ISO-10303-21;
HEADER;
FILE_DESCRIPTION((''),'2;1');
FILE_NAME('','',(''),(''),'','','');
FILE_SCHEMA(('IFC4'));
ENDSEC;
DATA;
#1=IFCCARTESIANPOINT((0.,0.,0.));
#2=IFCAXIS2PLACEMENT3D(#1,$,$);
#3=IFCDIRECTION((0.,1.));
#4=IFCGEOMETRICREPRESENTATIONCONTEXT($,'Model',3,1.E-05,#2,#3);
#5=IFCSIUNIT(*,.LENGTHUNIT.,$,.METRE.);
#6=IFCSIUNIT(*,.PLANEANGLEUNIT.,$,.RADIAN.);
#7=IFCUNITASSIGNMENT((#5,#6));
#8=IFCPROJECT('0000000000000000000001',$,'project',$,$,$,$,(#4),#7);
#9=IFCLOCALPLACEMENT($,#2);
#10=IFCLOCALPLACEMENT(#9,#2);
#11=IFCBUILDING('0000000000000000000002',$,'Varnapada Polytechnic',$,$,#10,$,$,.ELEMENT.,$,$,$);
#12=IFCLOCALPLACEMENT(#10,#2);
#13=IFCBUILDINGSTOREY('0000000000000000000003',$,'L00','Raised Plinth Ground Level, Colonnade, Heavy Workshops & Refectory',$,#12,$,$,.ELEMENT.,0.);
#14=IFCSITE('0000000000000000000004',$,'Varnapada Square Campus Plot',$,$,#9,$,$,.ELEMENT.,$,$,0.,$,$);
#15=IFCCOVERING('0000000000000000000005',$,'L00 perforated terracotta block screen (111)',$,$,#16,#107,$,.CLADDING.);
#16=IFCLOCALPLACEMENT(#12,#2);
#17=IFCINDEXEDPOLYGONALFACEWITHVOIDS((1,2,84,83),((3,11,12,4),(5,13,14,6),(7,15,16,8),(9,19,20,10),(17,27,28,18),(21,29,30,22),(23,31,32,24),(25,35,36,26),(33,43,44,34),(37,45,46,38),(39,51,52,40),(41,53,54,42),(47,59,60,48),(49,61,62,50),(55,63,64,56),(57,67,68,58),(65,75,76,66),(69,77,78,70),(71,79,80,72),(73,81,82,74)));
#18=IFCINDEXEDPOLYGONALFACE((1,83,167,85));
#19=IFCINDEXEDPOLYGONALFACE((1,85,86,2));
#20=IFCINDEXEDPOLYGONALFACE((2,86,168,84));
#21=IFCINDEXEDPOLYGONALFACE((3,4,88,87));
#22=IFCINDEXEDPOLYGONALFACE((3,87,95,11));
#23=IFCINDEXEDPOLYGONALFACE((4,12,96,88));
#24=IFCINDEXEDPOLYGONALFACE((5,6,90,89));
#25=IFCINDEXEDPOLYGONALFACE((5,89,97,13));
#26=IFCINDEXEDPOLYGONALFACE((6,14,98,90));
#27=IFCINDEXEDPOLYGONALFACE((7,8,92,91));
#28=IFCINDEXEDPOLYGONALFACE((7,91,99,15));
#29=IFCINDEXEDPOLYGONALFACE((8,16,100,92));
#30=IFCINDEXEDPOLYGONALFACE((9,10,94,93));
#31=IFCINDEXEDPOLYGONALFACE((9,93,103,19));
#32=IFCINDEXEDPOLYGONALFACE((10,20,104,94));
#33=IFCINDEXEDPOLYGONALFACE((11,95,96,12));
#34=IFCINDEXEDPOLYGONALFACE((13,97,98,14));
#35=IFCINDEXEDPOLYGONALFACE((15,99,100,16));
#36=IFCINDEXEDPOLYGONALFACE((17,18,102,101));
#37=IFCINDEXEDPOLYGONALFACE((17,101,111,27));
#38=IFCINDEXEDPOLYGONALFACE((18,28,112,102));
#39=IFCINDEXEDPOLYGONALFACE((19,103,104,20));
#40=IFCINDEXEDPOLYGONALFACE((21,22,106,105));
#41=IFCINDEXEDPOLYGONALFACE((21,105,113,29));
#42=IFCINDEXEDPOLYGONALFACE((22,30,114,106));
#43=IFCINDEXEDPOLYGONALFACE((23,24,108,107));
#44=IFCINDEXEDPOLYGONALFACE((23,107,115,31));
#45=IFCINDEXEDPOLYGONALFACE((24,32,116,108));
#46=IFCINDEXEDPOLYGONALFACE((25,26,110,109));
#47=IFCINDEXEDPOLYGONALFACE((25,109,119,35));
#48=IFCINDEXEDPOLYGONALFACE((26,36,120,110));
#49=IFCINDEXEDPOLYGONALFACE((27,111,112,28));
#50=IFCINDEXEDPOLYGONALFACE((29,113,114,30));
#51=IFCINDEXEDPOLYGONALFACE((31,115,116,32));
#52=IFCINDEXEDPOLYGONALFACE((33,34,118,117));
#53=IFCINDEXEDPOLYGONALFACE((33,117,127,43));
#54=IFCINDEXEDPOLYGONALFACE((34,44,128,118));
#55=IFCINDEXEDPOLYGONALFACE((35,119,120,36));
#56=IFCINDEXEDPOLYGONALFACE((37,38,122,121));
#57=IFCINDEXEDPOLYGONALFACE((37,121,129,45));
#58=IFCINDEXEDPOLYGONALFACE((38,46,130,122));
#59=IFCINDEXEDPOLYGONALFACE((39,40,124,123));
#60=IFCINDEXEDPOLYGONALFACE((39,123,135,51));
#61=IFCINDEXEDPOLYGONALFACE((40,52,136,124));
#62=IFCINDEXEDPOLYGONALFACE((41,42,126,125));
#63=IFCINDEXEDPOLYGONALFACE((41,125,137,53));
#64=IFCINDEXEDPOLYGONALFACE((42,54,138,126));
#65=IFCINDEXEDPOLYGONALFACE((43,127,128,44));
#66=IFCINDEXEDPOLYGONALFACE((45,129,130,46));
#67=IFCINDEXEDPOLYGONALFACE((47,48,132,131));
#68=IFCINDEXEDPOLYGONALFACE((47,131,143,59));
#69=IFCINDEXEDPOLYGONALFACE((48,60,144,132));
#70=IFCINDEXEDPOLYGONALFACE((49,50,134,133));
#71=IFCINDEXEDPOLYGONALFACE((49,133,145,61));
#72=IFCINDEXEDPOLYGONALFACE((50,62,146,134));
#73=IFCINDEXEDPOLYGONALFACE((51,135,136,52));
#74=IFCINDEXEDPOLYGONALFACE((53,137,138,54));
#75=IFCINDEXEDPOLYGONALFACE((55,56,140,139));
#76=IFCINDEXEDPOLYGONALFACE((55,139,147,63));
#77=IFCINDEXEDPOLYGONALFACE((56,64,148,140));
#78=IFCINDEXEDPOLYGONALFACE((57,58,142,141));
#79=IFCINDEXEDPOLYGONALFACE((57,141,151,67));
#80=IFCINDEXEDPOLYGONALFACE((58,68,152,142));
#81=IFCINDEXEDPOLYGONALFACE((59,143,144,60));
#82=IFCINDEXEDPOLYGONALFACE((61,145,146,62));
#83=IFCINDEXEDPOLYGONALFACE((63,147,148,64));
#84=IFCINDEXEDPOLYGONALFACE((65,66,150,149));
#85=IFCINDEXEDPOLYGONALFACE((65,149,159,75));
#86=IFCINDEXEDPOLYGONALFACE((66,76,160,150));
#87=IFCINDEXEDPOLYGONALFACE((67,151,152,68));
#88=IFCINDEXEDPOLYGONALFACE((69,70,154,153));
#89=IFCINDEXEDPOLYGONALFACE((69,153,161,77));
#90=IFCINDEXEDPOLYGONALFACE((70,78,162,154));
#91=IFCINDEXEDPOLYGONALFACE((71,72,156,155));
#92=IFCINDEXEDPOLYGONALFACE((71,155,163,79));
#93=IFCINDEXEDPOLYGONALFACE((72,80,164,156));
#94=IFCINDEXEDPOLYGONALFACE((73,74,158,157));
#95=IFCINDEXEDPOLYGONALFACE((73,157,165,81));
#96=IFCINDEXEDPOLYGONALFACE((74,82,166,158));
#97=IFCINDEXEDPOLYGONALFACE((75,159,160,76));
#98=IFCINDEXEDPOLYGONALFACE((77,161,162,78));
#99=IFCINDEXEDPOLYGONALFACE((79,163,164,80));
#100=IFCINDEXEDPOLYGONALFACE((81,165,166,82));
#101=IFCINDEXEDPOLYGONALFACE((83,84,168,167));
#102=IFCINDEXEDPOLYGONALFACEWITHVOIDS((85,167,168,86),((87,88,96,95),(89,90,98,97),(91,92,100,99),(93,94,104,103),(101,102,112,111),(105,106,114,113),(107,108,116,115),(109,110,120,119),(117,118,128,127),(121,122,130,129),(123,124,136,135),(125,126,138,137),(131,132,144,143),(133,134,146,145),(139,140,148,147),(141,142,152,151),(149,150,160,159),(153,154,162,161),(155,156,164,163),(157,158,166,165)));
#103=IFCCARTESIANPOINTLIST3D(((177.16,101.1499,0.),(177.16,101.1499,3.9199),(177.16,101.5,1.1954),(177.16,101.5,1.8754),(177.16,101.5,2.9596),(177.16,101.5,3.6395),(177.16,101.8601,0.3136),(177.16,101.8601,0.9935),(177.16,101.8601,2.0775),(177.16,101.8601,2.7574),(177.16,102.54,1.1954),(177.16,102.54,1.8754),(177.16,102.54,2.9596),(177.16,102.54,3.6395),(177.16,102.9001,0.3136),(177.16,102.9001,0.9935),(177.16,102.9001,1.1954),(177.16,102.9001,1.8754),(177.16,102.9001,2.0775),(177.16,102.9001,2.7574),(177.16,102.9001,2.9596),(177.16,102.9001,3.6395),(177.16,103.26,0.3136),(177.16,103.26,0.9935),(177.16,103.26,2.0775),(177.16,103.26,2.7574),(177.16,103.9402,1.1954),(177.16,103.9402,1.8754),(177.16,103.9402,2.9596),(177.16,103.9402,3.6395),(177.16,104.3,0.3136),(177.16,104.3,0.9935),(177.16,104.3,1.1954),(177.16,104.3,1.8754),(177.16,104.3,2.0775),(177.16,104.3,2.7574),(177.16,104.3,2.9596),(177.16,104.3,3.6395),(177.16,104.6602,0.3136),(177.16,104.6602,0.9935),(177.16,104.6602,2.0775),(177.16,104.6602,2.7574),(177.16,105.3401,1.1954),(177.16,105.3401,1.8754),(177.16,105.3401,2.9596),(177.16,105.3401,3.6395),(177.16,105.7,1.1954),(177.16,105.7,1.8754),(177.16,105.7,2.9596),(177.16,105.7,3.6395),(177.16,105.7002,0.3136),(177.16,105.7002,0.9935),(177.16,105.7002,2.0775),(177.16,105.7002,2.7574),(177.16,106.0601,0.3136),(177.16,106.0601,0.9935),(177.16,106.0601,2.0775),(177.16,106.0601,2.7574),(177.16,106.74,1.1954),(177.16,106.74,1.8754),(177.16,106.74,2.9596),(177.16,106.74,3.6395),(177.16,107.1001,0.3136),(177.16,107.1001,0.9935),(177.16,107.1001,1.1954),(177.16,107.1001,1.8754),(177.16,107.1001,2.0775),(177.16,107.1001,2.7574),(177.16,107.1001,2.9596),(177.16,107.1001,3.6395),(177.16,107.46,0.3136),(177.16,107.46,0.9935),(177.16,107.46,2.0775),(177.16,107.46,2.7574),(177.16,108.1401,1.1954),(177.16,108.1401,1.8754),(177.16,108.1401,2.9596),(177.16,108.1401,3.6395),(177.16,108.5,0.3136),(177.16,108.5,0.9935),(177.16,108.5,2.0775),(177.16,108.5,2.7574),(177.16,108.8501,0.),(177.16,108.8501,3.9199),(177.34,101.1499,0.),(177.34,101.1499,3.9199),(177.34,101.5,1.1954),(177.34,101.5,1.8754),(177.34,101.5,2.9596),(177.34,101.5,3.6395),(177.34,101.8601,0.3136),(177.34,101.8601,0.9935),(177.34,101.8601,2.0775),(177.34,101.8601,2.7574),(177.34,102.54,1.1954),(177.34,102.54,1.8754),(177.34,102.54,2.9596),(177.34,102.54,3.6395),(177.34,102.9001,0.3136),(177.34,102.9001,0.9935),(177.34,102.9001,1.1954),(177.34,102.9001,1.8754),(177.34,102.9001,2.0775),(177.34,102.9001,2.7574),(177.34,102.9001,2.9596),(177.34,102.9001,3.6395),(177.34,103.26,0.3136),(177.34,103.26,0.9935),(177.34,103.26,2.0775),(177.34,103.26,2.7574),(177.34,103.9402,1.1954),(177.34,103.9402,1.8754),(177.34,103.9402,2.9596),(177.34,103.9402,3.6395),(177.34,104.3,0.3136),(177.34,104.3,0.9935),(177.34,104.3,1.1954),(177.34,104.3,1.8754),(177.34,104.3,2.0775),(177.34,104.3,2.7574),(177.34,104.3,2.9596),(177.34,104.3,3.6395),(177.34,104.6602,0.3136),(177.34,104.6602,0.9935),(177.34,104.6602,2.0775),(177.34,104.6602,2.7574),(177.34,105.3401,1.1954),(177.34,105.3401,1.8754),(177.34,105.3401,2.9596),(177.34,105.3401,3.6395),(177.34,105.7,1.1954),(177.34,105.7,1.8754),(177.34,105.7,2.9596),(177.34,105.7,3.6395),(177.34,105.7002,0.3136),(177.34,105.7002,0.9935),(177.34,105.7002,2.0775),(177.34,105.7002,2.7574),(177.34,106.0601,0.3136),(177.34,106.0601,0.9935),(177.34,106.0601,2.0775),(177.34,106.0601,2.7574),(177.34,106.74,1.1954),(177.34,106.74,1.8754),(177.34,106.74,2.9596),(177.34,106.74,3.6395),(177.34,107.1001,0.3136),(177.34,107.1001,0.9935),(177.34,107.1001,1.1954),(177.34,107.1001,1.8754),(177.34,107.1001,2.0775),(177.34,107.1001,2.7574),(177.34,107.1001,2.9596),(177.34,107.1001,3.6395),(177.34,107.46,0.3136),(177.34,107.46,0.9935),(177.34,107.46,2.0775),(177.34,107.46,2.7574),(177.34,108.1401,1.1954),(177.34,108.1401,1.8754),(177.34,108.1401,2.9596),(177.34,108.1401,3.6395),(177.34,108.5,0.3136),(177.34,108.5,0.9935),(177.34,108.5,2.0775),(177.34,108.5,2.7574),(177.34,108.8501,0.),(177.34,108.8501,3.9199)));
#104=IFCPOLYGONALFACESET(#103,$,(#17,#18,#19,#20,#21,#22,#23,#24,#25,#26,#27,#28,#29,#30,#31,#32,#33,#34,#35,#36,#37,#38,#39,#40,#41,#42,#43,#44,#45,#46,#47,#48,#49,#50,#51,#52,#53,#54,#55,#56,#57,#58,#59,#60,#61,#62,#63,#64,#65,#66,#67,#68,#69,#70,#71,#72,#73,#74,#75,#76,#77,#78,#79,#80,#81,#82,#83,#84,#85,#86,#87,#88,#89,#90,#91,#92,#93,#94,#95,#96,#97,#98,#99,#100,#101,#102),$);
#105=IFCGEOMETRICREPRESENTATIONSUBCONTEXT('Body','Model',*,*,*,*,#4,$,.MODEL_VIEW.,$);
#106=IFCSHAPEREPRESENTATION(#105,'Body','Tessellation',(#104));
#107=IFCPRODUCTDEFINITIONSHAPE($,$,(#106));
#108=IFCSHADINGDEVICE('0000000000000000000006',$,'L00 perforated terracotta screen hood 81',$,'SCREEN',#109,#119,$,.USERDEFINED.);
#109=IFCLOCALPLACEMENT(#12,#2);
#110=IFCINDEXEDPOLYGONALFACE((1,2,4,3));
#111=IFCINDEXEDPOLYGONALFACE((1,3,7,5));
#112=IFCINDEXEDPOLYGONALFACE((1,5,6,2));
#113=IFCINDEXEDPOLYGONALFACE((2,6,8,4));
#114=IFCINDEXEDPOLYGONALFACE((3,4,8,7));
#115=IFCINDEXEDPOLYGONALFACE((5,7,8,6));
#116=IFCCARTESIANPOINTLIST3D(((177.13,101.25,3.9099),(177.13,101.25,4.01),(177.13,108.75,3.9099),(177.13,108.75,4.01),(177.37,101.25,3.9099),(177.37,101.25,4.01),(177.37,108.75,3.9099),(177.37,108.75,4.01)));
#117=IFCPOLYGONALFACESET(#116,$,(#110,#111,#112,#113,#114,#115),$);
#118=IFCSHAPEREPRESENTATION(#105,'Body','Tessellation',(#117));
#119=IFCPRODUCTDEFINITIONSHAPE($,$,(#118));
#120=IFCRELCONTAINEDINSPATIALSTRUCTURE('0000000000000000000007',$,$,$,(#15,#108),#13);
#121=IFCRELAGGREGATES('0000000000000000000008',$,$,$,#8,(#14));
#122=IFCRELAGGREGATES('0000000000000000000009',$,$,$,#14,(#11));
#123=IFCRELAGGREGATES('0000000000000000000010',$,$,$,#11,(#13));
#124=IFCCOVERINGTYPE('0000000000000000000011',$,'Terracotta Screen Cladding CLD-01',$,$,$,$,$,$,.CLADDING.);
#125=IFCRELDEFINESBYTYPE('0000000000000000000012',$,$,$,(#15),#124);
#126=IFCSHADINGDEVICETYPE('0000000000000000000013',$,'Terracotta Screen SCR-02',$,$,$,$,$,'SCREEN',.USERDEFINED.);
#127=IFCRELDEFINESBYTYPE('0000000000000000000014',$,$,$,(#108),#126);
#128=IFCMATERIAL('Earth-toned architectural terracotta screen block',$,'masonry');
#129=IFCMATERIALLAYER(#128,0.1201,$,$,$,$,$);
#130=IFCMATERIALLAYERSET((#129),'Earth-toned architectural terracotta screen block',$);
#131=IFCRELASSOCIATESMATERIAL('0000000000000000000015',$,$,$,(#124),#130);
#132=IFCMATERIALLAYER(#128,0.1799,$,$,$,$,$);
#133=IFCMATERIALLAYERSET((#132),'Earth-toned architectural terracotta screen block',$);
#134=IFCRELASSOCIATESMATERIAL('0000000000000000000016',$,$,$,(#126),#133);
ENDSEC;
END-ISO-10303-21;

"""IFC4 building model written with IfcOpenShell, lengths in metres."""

from ifc_helpers import new_model, si_unit, direction, frame, frame_2d, origin, origin_2d, place, context, subcontext, project, spatial, rectangle, extrude, material, layer, layer_set, type_object, element, save


model = new_model("IFC4")

# Units and contexts
model_context = context("Model", 3, precision=1e-05, world=origin(), true_north=direction((0.0, 1.0)))
body_context = subcontext(model_context, "Body", "Model", "MODEL_VIEW")
ifc_project = project(units=[si_unit("LENGTHUNIT", "METRE"), si_unit("PLANEANGLEUNIT", "RADIAN")], contexts=[model_context])

# Site, building, storey
site_placement = place(None, origin())
site = spatial("IfcSite", under=ifc_project, at=site_placement, Name="Varnapada Square Campus Plot", CompositionType="ELEMENT", RefElevation=0.0)
building_placement = place(site_placement, origin())
building = spatial("IfcBuilding", under=site, at=building_placement, Name="Varnapada Polytechnic", CompositionType="ELEMENT")
storey_placement = place(building_placement, origin())
storey = spatial("IfcBuildingStorey", under=building, at=storey_placement, Name="L00", Description="Raised Plinth Ground Level, Colonnade, Heavy Workshops & Refectory", CompositionType="ELEMENT", Elevation=0.0)

# Covering, openings
ifc_material_1 = material(Name="Earth-toned architectural terracotta screen block", Category="masonry")
ifc_layer_1 = layer(ifc_material_1, 0.1201)
ifc_layer_set_1 = layer_set([ifc_layer_1], Name="Earth-toned architectural terracotta screen block")
covering_type_1 = type_object("IfcCoveringType", Name="Terracotta Screen Cladding CLD-01", PredefinedType="CLADDING", material=ifc_layer_set_1)
covering_1_placement = place(storey_placement, frame((177.25, 108.8501, 0.0), z_axis=(0.0, 0.0, 1.0), x_axis=(0.0, -1.0, 0.0)))
covering_1 = element("IfcCovering", 1, at=covering_1_placement, inside=storey, type_object=covering_type_1, Name="L00 perforated terracotta block screen (111)", PredefinedType="CLADDING", context=body_context, shape_type="SweptSolid", body=[
    extrude(rectangle(XDim=7.7002, YDim=0.1799, at=frame_2d((3.8501, 0.0))), origin(), (0.0, 0.0, 1.0), 3.9199),
])
opening_1_placement = place(covering_1_placement, frame((0.3501, 0.0, 0.3137)))
element("IfcOpeningElement", 2, at=opening_1_placement, cuts=covering_1, PredefinedType="OPENING", context=body_context, shape_type="SweptSolid", body=[
    extrude(rectangle(XDim=1.04, YDim=0.6799, at=frame_2d((0.52, 0.3398))), frame((0.0, 0.0999, 0.0), z_axis=(0.0, -1.0, 0.0), x_axis=(1.0, 0.0, 0.0)), (0.0, 0.0, 1.0), 0.2),
])
opening_2_placement = place(covering_1_placement, frame((1.75, 0.0, 0.3137)))
element("IfcOpeningElement", 3, at=opening_2_placement, cuts=covering_1, PredefinedType="OPENING", context=body_context, shape_type="SweptSolid", body=[
    extrude(rectangle(XDim=1.04, YDim=0.6799, at=frame_2d((0.52, 0.3398))), frame((0.0, 0.0999, 0.0), z_axis=(0.0, -1.0, 0.0), x_axis=(1.0, 0.0, 0.0)), (0.0, 0.0, 1.0), 0.2),
])
opening_3_placement = place(covering_1_placement, frame((3.1499, 0.0, 0.3137)))
element("IfcOpeningElement", 4, at=opening_3_placement, cuts=covering_1, PredefinedType="OPENING", context=body_context, shape_type="SweptSolid", body=[
    extrude(rectangle(XDim=1.04, YDim=0.6799, at=frame_2d((0.52, 0.3398))), frame((0.0, 0.0999, 0.0), z_axis=(0.0, -1.0, 0.0), x_axis=(1.0, 0.0, 0.0)), (0.0, 0.0, 1.0), 0.2),
])
opening_4_placement = place(covering_1_placement, frame((4.55, 0.0, 0.3137)))
element("IfcOpeningElement", 5, at=opening_4_placement, cuts=covering_1, PredefinedType="OPENING", context=body_context, shape_type="SweptSolid", body=[
    extrude(rectangle(XDim=1.04, YDim=0.6799, at=frame_2d((0.52, 0.3398))), frame((0.0, 0.0999, 0.0), z_axis=(0.0, -1.0, 0.0), x_axis=(1.0, 0.0, 0.0)), (0.0, 0.0, 1.0), 0.2),
])
opening_5_placement = place(covering_1_placement, frame((5.95, 0.0, 0.3137)))
element("IfcOpeningElement", 6, at=opening_5_placement, cuts=covering_1, PredefinedType="OPENING", context=body_context, shape_type="SweptSolid", body=[
    extrude(rectangle(XDim=1.04, YDim=0.6799, at=frame_2d((0.52, 0.3398))), frame((0.0, 0.0999, 0.0), z_axis=(0.0, -1.0, 0.0), x_axis=(1.0, 0.0, 0.0)), (0.0, 0.0, 1.0), 0.2),
])
opening_6_placement = place(covering_1_placement, frame((0.71, 0.0, 1.1956)))
element("IfcOpeningElement", 7, at=opening_6_placement, cuts=covering_1, PredefinedType="OPENING", context=body_context, shape_type="SweptSolid", body=[
    extrude(rectangle(XDim=1.04, YDim=0.6799, at=frame_2d((0.52, 0.3398))), frame((0.0, 0.0999, 0.0), z_axis=(0.0, -1.0, 0.0), x_axis=(1.0, 0.0, 0.0)), (0.0, 0.0, 1.0), 0.2),
])
opening_7_placement = place(covering_1_placement, frame((2.1101, 0.0, 1.1956)))
element("IfcOpeningElement", 8, at=opening_7_placement, cuts=covering_1, PredefinedType="OPENING", context=body_context, shape_type="SweptSolid", body=[
    extrude(rectangle(XDim=1.04, YDim=0.6799, at=frame_2d((0.52, 0.3398))), frame((0.0, 0.0999, 0.0), z_axis=(0.0, -1.0, 0.0), x_axis=(1.0, 0.0, 0.0)), (0.0, 0.0, 1.0), 0.2),
])
opening_8_placement = place(covering_1_placement, frame((3.51, 0.0, 1.1956)))
element("IfcOpeningElement", 9, at=opening_8_placement, cuts=covering_1, PredefinedType="OPENING", context=body_context, shape_type="SweptSolid", body=[
    extrude(rectangle(XDim=1.04, YDim=0.6799, at=frame_2d((0.52, 0.3398))), frame((0.0, 0.0999, 0.0), z_axis=(0.0, -1.0, 0.0), x_axis=(1.0, 0.0, 0.0)), (0.0, 0.0, 1.0), 0.2),
])
opening_9_placement = place(covering_1_placement, frame((4.9099, 0.0, 1.1956)))
element("IfcOpeningElement", 10, at=opening_9_placement, cuts=covering_1, PredefinedType="OPENING", context=body_context, shape_type="SweptSolid", body=[
    extrude(rectangle(XDim=1.04, YDim=0.6799, at=frame_2d((0.52, 0.3398))), frame((0.0, 0.0999, 0.0), z_axis=(0.0, -1.0, 0.0), x_axis=(1.0, 0.0, 0.0)), (0.0, 0.0, 1.0), 0.2),
])
opening_10_placement = place(covering_1_placement, frame((6.3101, 0.0, 1.1956)))
element("IfcOpeningElement", 11, at=opening_10_placement, cuts=covering_1, PredefinedType="OPENING", context=body_context, shape_type="SweptSolid", body=[
    extrude(rectangle(XDim=1.04, YDim=0.6799, at=frame_2d((0.52, 0.3398))), frame((0.0, 0.0999, 0.0), z_axis=(0.0, -1.0, 0.0), x_axis=(1.0, 0.0, 0.0)), (0.0, 0.0, 1.0), 0.2),
])
opening_11_placement = place(covering_1_placement, frame((0.3501, 0.0, 2.0776)))
element("IfcOpeningElement", 12, at=opening_11_placement, cuts=covering_1, PredefinedType="OPENING", context=body_context, shape_type="SweptSolid", body=[
    extrude(rectangle(XDim=1.04, YDim=0.6799, at=frame_2d((0.52, 0.3398))), frame((0.0, 0.0999, 0.0), z_axis=(0.0, -1.0, 0.0), x_axis=(1.0, 0.0, 0.0)), (0.0, 0.0, 1.0), 0.2),
])
opening_12_placement = place(covering_1_placement, frame((1.75, 0.0, 2.0776)))
element("IfcOpeningElement", 13, at=opening_12_placement, cuts=covering_1, PredefinedType="OPENING", context=body_context, shape_type="SweptSolid", body=[
    extrude(rectangle(XDim=1.04, YDim=0.6799, at=frame_2d((0.52, 0.3398))), frame((0.0, 0.0999, 0.0), z_axis=(0.0, -1.0, 0.0), x_axis=(1.0, 0.0, 0.0)), (0.0, 0.0, 1.0), 0.2),
])
opening_13_placement = place(covering_1_placement, frame((3.1499, 0.0, 2.0776)))
element("IfcOpeningElement", 14, at=opening_13_placement, cuts=covering_1, PredefinedType="OPENING", context=body_context, shape_type="SweptSolid", body=[
    extrude(rectangle(XDim=1.04, YDim=0.6799, at=frame_2d((0.52, 0.3398))), frame((0.0, 0.0999, 0.0), z_axis=(0.0, -1.0, 0.0), x_axis=(1.0, 0.0, 0.0)), (0.0, 0.0, 1.0), 0.2),
])
opening_14_placement = place(covering_1_placement, frame((4.55, 0.0, 2.0776)))
element("IfcOpeningElement", 15, at=opening_14_placement, cuts=covering_1, PredefinedType="OPENING", context=body_context, shape_type="SweptSolid", body=[
    extrude(rectangle(XDim=1.04, YDim=0.6799, at=frame_2d((0.52, 0.3398))), frame((0.0, 0.0999, 0.0), z_axis=(0.0, -1.0, 0.0), x_axis=(1.0, 0.0, 0.0)), (0.0, 0.0, 1.0), 0.2),
])
opening_15_placement = place(covering_1_placement, frame((5.95, 0.0, 2.0776)))
element("IfcOpeningElement", 16, at=opening_15_placement, cuts=covering_1, PredefinedType="OPENING", context=body_context, shape_type="SweptSolid", body=[
    extrude(rectangle(XDim=1.04, YDim=0.6799, at=frame_2d((0.52, 0.3398))), frame((0.0, 0.0999, 0.0), z_axis=(0.0, -1.0, 0.0), x_axis=(1.0, 0.0, 0.0)), (0.0, 0.0, 1.0), 0.2),
])
opening_16_placement = place(covering_1_placement, frame((0.71, 0.0, 2.9597)))
element("IfcOpeningElement", 17, at=opening_16_placement, cuts=covering_1, PredefinedType="OPENING", context=body_context, shape_type="SweptSolid", body=[
    extrude(rectangle(XDim=1.04, YDim=0.6799, at=frame_2d((0.52, 0.3398))), frame((0.0, 0.0999, 0.0), z_axis=(0.0, -1.0, 0.0), x_axis=(1.0, 0.0, 0.0)), (0.0, 0.0, 1.0), 0.2),
])
opening_17_placement = place(covering_1_placement, frame((2.1101, 0.0, 2.9597)))
element("IfcOpeningElement", 18, at=opening_17_placement, cuts=covering_1, PredefinedType="OPENING", context=body_context, shape_type="SweptSolid", body=[
    extrude(rectangle(XDim=1.04, YDim=0.6799, at=frame_2d((0.52, 0.3398))), frame((0.0, 0.0999, 0.0), z_axis=(0.0, -1.0, 0.0), x_axis=(1.0, 0.0, 0.0)), (0.0, 0.0, 1.0), 0.2),
])
opening_18_placement = place(covering_1_placement, frame((3.51, 0.0, 2.9597)))
element("IfcOpeningElement", 19, at=opening_18_placement, cuts=covering_1, PredefinedType="OPENING", context=body_context, shape_type="SweptSolid", body=[
    extrude(rectangle(XDim=1.04, YDim=0.6799, at=frame_2d((0.52, 0.3398))), frame((0.0, 0.0999, 0.0), z_axis=(0.0, -1.0, 0.0), x_axis=(1.0, 0.0, 0.0)), (0.0, 0.0, 1.0), 0.2),
])
opening_19_placement = place(covering_1_placement, frame((4.9099, 0.0, 2.9597)))
element("IfcOpeningElement", 20, at=opening_19_placement, cuts=covering_1, PredefinedType="OPENING", context=body_context, shape_type="SweptSolid", body=[
    extrude(rectangle(XDim=1.04, YDim=0.6799, at=frame_2d((0.52, 0.3398))), frame((0.0, 0.0999, 0.0), z_axis=(0.0, -1.0, 0.0), x_axis=(1.0, 0.0, 0.0)), (0.0, 0.0, 1.0), 0.2),
])
opening_20_placement = place(covering_1_placement, frame((6.3101, 0.0, 2.9597)))
element("IfcOpeningElement", 21, at=opening_20_placement, cuts=covering_1, PredefinedType="OPENING", context=body_context, shape_type="SweptSolid", body=[
    extrude(rectangle(XDim=1.04, YDim=0.6799, at=frame_2d((0.52, 0.3398))), frame((0.0, 0.0999, 0.0), z_axis=(0.0, -1.0, 0.0), x_axis=(1.0, 0.0, 0.0)), (0.0, 0.0, 1.0), 0.2),
])

# Shading device
ifc_layer_2 = layer(ifc_material_1, 0.1799)
ifc_layer_set_2 = layer_set([ifc_layer_2], Name="Earth-toned architectural terracotta screen block")
shading_device_type = type_object("IfcShadingDeviceType", Name="Terracotta Screen SCR-02", ElementType="SCREEN", PredefinedType="USERDEFINED", material=ifc_layer_set_2)
for number, where, z_axis, x_axis, name in (
    (22, (177.25, 105.0, 3.9099), (0.0, 0.0, 1.0), (0.0, -1.0, 0.0), "L00 perforated terracotta screen hood 81"),
):
    element("IfcShadingDevice", number, at=place(storey_placement, frame(where, z_axis=z_axis, x_axis=x_axis)), inside=storey, type_object=shading_device_type, Name=name, ObjectType="SCREEN", PredefinedType="USERDEFINED", context=body_context, shape_type="SweptSolid", body=[
        extrude(rectangle(XDim=7.5, YDim=0.24, at=origin_2d()), origin(), (0.0, 0.0, 1.0), 0.1001),
    ])

save(model, "model.ifc")
